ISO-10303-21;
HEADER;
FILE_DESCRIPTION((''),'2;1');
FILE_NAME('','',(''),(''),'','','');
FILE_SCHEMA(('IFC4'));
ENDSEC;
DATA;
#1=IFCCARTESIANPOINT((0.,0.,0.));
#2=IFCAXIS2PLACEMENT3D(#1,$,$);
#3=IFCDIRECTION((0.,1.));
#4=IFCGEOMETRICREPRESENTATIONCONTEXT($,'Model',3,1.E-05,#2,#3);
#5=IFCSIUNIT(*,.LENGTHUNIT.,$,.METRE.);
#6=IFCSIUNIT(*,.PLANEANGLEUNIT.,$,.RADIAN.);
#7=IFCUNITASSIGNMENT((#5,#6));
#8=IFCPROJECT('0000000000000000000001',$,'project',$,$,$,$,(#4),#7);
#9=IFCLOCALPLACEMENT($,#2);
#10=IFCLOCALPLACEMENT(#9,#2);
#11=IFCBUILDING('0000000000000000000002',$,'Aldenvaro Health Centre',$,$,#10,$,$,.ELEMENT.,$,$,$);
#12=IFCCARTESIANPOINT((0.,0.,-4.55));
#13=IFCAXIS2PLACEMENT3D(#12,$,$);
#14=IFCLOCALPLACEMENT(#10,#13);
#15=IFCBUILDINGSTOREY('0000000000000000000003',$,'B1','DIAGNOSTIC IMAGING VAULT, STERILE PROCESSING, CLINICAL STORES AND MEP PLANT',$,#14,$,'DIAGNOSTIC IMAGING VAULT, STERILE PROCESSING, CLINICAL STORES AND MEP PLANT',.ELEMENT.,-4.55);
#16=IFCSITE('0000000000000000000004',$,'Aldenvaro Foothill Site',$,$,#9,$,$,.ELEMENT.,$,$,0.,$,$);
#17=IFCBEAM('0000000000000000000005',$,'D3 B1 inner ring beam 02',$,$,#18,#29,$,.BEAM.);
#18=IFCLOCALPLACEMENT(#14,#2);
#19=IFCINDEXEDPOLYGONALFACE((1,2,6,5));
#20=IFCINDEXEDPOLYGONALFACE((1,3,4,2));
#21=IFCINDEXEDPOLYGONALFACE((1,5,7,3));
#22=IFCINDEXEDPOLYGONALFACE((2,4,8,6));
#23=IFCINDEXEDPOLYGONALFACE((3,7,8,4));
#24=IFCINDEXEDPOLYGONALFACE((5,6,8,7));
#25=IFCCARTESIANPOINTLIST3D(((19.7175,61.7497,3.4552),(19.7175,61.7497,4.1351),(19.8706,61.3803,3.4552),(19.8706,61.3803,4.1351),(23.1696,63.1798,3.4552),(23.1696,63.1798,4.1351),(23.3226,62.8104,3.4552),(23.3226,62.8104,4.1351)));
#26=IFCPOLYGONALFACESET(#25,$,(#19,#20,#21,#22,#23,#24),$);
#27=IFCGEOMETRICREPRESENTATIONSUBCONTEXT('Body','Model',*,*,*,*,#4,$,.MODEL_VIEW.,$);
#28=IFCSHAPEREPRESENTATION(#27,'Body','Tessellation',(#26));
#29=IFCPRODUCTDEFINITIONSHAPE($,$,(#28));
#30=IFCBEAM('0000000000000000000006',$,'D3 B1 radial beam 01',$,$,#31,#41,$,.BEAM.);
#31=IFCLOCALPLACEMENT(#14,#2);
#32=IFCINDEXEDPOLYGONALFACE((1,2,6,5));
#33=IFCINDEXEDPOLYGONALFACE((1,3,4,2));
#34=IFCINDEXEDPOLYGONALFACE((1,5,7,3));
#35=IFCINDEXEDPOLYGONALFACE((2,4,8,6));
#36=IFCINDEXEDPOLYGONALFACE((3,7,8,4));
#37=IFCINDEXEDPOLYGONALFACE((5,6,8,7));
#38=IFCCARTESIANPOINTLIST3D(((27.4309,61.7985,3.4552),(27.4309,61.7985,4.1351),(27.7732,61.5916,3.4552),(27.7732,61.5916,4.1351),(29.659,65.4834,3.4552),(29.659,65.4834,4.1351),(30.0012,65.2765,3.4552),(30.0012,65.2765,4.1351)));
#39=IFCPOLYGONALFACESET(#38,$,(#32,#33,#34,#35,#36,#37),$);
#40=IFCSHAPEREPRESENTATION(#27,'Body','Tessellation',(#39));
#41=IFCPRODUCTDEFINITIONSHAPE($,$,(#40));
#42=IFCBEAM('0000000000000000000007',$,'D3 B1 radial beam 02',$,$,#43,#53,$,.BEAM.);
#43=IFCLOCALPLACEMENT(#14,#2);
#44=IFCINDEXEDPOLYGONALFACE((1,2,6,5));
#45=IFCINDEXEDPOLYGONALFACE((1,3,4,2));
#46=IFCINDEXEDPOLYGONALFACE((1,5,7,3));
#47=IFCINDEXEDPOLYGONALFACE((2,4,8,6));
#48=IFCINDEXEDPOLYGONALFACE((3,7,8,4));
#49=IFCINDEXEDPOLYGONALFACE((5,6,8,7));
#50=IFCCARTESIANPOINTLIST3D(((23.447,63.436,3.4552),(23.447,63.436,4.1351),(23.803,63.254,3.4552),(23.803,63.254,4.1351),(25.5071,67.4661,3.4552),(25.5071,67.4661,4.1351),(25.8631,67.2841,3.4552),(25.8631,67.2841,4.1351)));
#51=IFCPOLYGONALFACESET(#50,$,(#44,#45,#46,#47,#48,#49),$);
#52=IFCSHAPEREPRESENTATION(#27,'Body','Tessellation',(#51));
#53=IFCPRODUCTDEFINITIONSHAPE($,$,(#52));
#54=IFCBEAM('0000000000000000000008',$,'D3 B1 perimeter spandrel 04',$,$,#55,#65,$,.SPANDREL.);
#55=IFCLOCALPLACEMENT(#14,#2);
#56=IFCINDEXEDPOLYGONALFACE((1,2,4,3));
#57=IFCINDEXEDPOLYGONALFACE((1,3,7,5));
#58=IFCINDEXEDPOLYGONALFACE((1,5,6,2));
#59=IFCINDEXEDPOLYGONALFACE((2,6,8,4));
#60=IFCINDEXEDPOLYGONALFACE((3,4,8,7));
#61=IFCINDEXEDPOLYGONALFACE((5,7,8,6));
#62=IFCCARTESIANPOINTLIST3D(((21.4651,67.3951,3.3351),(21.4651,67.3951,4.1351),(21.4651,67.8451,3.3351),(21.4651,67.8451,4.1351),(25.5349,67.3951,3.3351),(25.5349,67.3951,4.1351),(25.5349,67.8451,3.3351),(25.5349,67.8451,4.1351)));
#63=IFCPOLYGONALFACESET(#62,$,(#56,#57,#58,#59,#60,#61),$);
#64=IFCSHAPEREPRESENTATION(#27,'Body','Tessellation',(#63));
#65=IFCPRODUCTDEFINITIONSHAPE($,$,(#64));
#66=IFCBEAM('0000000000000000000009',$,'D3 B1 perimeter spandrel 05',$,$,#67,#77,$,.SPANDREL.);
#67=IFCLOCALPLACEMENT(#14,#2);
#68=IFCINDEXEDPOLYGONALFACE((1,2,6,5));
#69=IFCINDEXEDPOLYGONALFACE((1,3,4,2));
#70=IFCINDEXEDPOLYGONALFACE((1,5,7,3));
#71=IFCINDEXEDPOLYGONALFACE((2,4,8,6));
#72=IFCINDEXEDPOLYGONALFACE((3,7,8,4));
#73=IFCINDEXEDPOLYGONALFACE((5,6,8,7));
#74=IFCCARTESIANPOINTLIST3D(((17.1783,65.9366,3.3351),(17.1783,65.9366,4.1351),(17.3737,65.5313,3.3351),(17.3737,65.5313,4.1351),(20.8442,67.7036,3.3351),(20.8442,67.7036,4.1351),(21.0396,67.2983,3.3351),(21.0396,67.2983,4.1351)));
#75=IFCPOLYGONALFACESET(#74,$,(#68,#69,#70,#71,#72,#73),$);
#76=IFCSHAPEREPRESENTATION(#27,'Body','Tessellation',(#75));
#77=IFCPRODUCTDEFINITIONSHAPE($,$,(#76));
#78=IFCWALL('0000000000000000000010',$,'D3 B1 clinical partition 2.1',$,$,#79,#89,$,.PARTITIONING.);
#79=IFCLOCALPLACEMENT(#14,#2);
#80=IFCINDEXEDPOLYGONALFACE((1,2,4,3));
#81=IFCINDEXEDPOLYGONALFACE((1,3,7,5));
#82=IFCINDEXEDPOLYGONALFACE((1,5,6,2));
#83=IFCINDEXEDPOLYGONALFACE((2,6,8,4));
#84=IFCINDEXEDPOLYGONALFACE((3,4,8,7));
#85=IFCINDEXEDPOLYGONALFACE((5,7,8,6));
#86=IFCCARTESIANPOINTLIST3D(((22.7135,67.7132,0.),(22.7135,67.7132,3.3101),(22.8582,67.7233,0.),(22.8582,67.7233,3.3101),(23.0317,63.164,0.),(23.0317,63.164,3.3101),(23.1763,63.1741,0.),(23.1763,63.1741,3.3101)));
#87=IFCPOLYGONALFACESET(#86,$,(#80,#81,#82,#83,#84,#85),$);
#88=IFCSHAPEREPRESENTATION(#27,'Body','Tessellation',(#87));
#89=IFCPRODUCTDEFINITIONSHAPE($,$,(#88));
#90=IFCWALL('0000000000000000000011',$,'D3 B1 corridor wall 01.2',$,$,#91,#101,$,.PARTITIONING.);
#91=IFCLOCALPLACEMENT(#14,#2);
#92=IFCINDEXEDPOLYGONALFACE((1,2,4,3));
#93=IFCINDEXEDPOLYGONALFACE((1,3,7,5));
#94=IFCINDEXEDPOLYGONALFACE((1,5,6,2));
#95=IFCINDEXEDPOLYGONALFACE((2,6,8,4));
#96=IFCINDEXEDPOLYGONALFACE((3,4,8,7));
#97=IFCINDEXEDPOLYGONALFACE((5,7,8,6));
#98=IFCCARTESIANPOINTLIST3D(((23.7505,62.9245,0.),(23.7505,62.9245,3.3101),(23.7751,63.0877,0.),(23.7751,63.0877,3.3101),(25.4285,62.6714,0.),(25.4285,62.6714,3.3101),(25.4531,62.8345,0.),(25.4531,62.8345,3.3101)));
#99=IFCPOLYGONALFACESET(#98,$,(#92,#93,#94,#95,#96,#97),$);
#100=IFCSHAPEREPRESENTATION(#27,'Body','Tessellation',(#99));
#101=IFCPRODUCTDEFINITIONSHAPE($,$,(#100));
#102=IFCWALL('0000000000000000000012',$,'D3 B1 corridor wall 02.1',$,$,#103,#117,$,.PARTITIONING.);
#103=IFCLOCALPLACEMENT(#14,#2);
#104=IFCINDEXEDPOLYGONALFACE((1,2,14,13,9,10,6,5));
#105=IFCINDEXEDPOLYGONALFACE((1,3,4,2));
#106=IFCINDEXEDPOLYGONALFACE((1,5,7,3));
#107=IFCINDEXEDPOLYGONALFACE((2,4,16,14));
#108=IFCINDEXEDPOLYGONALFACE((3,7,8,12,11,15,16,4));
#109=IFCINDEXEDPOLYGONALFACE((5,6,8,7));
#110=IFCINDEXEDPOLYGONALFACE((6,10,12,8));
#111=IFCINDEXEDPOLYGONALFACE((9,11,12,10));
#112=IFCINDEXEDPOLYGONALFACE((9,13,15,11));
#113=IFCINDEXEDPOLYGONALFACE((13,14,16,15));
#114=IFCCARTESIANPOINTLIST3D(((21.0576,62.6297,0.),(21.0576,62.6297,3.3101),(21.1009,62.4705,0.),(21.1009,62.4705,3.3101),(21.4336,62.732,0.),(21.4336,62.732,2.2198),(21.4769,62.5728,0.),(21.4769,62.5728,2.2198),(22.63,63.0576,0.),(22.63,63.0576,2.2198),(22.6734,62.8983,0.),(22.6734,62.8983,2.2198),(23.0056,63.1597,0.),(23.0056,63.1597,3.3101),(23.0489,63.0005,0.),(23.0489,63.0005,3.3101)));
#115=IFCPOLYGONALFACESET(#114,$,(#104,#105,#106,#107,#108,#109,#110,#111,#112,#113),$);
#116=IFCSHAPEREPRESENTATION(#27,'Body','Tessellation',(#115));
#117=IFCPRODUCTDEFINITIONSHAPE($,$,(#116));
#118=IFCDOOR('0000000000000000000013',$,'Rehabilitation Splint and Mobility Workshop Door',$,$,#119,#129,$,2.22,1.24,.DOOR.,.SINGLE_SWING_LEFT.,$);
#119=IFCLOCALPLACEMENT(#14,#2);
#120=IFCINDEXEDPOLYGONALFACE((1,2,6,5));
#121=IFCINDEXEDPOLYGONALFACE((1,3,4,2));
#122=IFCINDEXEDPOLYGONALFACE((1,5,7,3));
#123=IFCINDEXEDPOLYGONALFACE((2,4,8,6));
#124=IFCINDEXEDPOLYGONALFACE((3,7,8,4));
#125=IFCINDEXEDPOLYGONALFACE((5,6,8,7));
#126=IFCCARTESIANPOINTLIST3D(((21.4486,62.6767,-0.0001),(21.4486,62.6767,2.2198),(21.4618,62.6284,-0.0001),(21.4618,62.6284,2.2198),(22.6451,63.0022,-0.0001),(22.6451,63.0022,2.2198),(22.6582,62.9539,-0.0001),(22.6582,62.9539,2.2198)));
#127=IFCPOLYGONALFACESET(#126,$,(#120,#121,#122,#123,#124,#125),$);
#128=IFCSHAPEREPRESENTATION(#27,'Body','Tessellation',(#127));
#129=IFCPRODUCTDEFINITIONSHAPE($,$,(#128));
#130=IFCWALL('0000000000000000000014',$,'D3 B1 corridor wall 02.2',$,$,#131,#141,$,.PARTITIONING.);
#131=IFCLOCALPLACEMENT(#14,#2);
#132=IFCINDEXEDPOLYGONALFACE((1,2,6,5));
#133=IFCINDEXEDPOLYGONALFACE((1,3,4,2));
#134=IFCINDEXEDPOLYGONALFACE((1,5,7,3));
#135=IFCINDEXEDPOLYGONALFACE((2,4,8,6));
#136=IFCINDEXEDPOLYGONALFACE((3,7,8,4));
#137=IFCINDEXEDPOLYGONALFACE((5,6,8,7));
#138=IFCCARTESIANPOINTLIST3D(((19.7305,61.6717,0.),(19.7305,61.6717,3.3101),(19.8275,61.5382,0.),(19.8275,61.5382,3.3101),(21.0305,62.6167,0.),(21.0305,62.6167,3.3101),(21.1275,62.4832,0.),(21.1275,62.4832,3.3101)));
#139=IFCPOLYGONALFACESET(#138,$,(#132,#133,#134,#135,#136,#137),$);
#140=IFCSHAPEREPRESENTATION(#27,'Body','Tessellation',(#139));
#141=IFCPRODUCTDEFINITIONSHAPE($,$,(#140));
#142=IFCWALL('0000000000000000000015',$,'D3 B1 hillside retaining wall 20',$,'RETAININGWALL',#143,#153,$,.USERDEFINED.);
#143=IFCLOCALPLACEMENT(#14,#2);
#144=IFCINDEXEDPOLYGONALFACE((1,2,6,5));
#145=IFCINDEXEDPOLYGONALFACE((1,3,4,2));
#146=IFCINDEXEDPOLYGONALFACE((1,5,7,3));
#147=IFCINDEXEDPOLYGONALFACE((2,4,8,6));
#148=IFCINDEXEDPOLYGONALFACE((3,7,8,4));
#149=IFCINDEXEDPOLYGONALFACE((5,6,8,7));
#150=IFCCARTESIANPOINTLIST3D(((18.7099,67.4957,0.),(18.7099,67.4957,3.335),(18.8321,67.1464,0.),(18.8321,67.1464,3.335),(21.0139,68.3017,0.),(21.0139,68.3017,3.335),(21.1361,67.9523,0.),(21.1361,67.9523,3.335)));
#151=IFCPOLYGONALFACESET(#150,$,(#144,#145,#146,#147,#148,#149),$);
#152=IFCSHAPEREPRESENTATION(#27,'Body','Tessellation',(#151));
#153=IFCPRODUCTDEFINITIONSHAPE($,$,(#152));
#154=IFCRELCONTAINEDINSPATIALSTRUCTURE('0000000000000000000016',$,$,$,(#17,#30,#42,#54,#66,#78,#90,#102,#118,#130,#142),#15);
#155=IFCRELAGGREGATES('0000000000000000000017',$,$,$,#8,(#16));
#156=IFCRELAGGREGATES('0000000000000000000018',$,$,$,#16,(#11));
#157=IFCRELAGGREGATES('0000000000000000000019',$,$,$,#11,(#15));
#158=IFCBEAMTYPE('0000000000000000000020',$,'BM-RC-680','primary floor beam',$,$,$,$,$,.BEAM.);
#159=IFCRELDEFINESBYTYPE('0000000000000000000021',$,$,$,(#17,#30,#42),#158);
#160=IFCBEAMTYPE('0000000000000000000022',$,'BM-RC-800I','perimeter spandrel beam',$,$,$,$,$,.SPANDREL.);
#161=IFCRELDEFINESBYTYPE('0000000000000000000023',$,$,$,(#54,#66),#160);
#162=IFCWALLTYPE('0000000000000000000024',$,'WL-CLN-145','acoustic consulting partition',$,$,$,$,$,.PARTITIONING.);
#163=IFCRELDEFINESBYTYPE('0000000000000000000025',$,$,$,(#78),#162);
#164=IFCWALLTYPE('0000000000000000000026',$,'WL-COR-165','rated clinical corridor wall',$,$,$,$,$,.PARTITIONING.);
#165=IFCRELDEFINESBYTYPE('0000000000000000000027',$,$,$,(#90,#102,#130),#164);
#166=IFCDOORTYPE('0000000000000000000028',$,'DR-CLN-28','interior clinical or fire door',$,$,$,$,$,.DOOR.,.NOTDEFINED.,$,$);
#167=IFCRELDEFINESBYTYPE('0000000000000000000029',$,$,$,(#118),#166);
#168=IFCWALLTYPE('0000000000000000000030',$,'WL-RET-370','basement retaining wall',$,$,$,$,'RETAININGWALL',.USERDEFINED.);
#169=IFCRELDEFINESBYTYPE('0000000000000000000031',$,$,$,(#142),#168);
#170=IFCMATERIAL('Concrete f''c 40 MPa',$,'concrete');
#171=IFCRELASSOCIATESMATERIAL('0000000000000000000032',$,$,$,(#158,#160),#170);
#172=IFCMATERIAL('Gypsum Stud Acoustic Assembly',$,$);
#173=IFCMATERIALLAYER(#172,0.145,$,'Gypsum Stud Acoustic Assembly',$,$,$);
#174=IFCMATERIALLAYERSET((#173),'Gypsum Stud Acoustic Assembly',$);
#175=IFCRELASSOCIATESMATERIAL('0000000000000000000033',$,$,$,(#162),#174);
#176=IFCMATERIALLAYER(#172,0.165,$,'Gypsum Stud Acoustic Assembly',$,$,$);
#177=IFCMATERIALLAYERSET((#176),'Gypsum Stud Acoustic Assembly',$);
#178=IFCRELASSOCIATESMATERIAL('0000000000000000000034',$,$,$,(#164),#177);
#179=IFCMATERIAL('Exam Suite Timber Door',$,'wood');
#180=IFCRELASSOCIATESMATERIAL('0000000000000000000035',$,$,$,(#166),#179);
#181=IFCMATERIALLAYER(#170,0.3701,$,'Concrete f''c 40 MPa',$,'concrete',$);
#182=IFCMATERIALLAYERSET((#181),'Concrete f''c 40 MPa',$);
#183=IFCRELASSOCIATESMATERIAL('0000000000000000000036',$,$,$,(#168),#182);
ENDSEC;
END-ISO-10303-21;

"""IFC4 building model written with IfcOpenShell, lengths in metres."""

from ifc_helpers import new_model, si_unit, direction, frame, frame_2d, origin, origin_2d, place, context, subcontext, project, spatial, rectangle, extrude, material, layer, layer_set, material_profile, profile_set, type_object, element, fill, save


model = new_model("IFC4")

# Units and contexts
model_context = context("Model", 3, precision=1e-05, world=origin(), true_north=direction((0.0, 1.0)))
body_context = subcontext(model_context, "Body", "Model", "MODEL_VIEW")
ifc_project = project(units=[si_unit("LENGTHUNIT", "METRE"), si_unit("PLANEANGLEUNIT", "RADIAN")], contexts=[model_context])

# Site, building, storey
site_placement = place(None, origin())
site = spatial("IfcSite", under=ifc_project, at=site_placement, Name="Aldenvaro Foothill Site", CompositionType="ELEMENT", RefElevation=0.0)
building_placement = place(site_placement, origin())
building = spatial("IfcBuilding", under=site, at=building_placement, Name="Aldenvaro Health Centre", CompositionType="ELEMENT")
storey_placement = place(building_placement, frame((0.0, 0.0, -4.55)))
storey = spatial("IfcBuildingStorey", under=building, at=storey_placement, Name="B1", Description="DIAGNOSTIC IMAGING VAULT, STERILE PROCESSING, CLINICAL STORES AND MEP PLANT", LongName="DIAGNOSTIC IMAGING VAULT, STERILE PROCESSING, CLINICAL STORES AND MEP PLANT", CompositionType="ELEMENT", Elevation=-4.55)

# Shared definitions
ifc_material_1 = material(Name="Concrete f'c 40 MPa", Category="concrete")

# Beams
ifc_material_profile_1 = material_profile(ifc_material_1, rectangle(XDim=0.3999, YDim=0.6799, at=origin_2d()), Name="RC 400x680", Category="concrete")
ifc_profile_set_1 = profile_set([ifc_material_profile_1], Name="Concrete f'c 40 MPa")
beam_type_1 = type_object("IfcBeamType", Name="BM-RC-680", Description="primary floor beam", PredefinedType="BEAM", material=ifc_profile_set_1)
beam_1_placement = place(storey_placement, frame((23.2461, 62.9951, 3.7952), z_axis=(-0.923856, -0.38274, 0.0), x_axis=(0.38274, -0.923856, 0.0)))
element("IfcBeam", 1, at=beam_1_placement, inside=storey, type_object=beam_type_1, Name="D3 B1 inner ring beam 02", PredefinedType="BEAM", context=body_context, shape_type="SweptSolid", body=[
    extrude(rectangle(XDim=0.3999, YDim=0.6799, at=origin_2d()), origin(), (0.0, 0.0, 1.0), 3.7366),
])
beam_2_placement = place(storey_placement, frame((27.6021, 61.6951, 3.7952), z_axis=(0.517419, 0.855732, 0.0), x_axis=(-0.855732, 0.517419, 0.0)))
element("IfcBeam", 2, at=beam_2_placement, inside=storey, type_object=beam_type_1, Name="D3 B1 radial beam 01", PredefinedType="BEAM", context=body_context, shape_type="SweptSolid", body=[
    extrude(rectangle(XDim=0.3999, YDim=0.6799, at=origin_2d()), origin(), (0.0, 0.0, 1.0), 4.3062),
])
beam_3_placement = place(storey_placement, frame((23.625, 63.345, 3.7952), z_axis=(0.455158, 0.890411, 0.0), x_axis=(-0.890411, 0.455158, 0.0)))
element("IfcBeam", 3, at=beam_3_placement, inside=storey, type_object=beam_type_1, Name="D3 B1 radial beam 02", PredefinedType="BEAM", context=body_context, shape_type="SweptSolid", body=[
    extrude(rectangle(XDim=0.3999, YDim=0.6799, at=origin_2d()), origin(), (0.0, 0.0, 1.0), 4.5261),
])
ifc_material_profile_2 = material_profile(ifc_material_1, rectangle(XDim=0.45, YDim=0.8, at=origin_2d()), Name="RC 450x800", Category="concrete")
ifc_profile_set_2 = profile_set([ifc_material_profile_2], Name="Concrete f'c 40 MPa")
beam_type_2 = type_object("IfcBeamType", Name="BM-RC-800I", Description="perimeter spandrel beam", PredefinedType="SPANDREL", material=ifc_profile_set_2)
beam_4_placement = place(storey_placement, frame((25.5349, 67.6201, 3.7351), z_axis=(-1.0, 0.0, 0.0), x_axis=(0.0, -1.0, 0.0)))
element("IfcBeam", 4, at=beam_4_placement, inside=storey, type_object=beam_type_2, Name="D3 B1 perimeter spandrel 04", PredefinedType="SPANDREL", context=body_context, shape_type="SweptSolid", body=[
    extrude(rectangle(XDim=0.45, YDim=0.8, at=origin_2d()), origin(), (0.0, 0.0, 1.0), 4.0698),
])
beam_5_placement = place(storey_placement, frame((20.9419, 67.501, 3.7351), z_axis=(-0.900812, -0.434209, 0.0), x_axis=(0.434209, -0.900812, 0.0)))
element("IfcBeam", 5, at=beam_5_placement, inside=storey, type_object=beam_type_2, Name="D3 B1 perimeter spandrel 05", PredefinedType="SPANDREL", context=body_context, shape_type="SweptSolid", body=[
    extrude(rectangle(XDim=0.45, YDim=0.8, at=origin_2d()), origin(), (0.0, 0.0, 1.0), 4.0696),
])

# Walls
ifc_material_2 = material(Name="Gypsum Stud Acoustic Assembly")
ifc_layer_1 = layer(ifc_material_2, 0.145, Name="Gypsum Stud Acoustic Assembly")
ifc_layer_set_1 = layer_set([ifc_layer_1], Name="Gypsum Stud Acoustic Assembly")
wall_type_1 = type_object("IfcWallType", Name="WL-CLN-145", Description="acoustic consulting partition", PredefinedType="PARTITIONING", material=ifc_layer_set_1)
wall_1_placement = place(storey_placement, frame((23.104, 63.1689, 0.0), z_axis=(0.0, 0.0, 1.0), x_axis=(-0.069759, 0.997564, 0.0)))
element("IfcWall", 6, at=wall_1_placement, inside=storey, type_object=wall_type_1, Name="D3 B1 clinical partition 2.1", PredefinedType="PARTITIONING", context=body_context, shape_type="SweptSolid", body=[
    extrude(rectangle(XDim=4.5603, YDim=0.145, at=frame_2d((2.2803, 0.0))), origin(), (0.0, 0.0, 1.0), 3.3101),
])
ifc_layer_2 = layer(ifc_material_2, 0.165, Name="Gypsum Stud Acoustic Assembly")
ifc_layer_set_2 = layer_set([ifc_layer_2], Name="Gypsum Stud Acoustic Assembly")
wall_type_2 = type_object("IfcWallType", Name="WL-COR-165", Description="rated clinical corridor wall", PredefinedType="PARTITIONING", material=ifc_layer_set_2)
wall_2_placement = place(storey_placement, frame((25.4409, 62.7529, 0.0), z_axis=(0.0, 0.0, 1.0), x_axis=(-0.988808, 0.149192, 0.0)))
element("IfcWall", 7, at=wall_2_placement, inside=storey, type_object=wall_type_2, Name="D3 B1 corridor wall 01.2", PredefinedType="PARTITIONING", context=body_context, shape_type="SweptSolid", body=[
    extrude(rectangle(XDim=1.697, YDim=0.165, at=frame_2d((0.8486, 0.0))), origin(), (0.0, 0.0, 1.0), 3.3101),
])

# Wall, opening, door
wall_3_placement = place(storey_placement, frame((23.0271, 63.0801, 0.0), z_axis=(0.0, 0.0, 1.0), x_axis=(-0.96492, -0.262544, 0.0)))
wall_3 = element("IfcWall", 8, at=wall_3_placement, inside=storey, type_object=wall_type_2, Name="D3 B1 corridor wall 02.1", PredefinedType="PARTITIONING", context=body_context, shape_type="SweptSolid", body=[
    extrude(rectangle(XDim=2.0188, YDim=0.165, at=frame_2d((1.0093, 0.0))), origin(), (0.0, 0.0, 1.0), 3.3101),
])
opening_placement = place(wall_3_placement, frame((0.3889, 0.0, 0.0)))
opening = element("IfcOpeningElement", 9, at=opening_placement, cuts=wall_3, PredefinedType="OPENING", context=body_context, shape_type="SweptSolid", body=[
    extrude(rectangle(XDim=1.24, YDim=2.22, at=frame_2d((0.6201, 1.1099))), frame((0.0, 0.0925, 0.0), z_axis=(0.0, -1.0, 0.0), x_axis=(1.0, 0.0, 0.0)), (0.0, 0.0, 1.0), 0.1851),
])
ifc_material_3 = material(Name="Exam Suite Timber Door", Category="wood")
door_type = type_object("IfcDoorType", Name="DR-CLN-28", Description="interior clinical or fire door", OperationType="NOTDEFINED", PredefinedType="DOOR", material=ifc_material_3)
door_placement = place(opening_placement, origin())
door = element("IfcDoor", 10, at=door_placement, inside=storey, type_object=door_type, Name="Rehabilitation Splint and Mobility Workshop Door", OperationType="SINGLE_SWING_LEFT", OverallHeight=2.22, OverallWidth=1.24, PredefinedType="DOOR", context=body_context, shape_type="SweptSolid", body=[
    extrude(rectangle(XDim=1.24, YDim=2.22, at=frame_2d((0.6201, 1.1099))), frame((0.0, 0.0249, 0.0), z_axis=(0.0, -1.0, 0.0), x_axis=(1.0, 0.0, 0.0)), (0.0, 0.0, 1.0), 0.05),
])
fill(opening, door)

# Walls
wall_4_placement = place(storey_placement, frame((21.0791, 62.55, 0.0), z_axis=(0.0, 0.0, 1.0), x_axis=(-0.808861, -0.588, 0.0)))
element("IfcWall", 11, at=wall_4_placement, inside=storey, type_object=wall_type_2, Name="D3 B1 corridor wall 02.2", PredefinedType="PARTITIONING", context=body_context, shape_type="SweptSolid", body=[
    extrude(rectangle(XDim=1.6072, YDim=0.165, at=frame_2d((0.8037, 0.0))), origin(), (0.0, 0.0, 1.0), 3.3101),
])
ifc_layer_3 = layer(ifc_material_1, 0.3701, Name="Concrete f'c 40 MPa", Category="concrete")
ifc_layer_set_3 = layer_set([ifc_layer_3], Name="Concrete f'c 40 MPa")
wall_type_3 = type_object("IfcWallType", Name="WL-RET-370", Description="basement retaining wall", ElementType="RETAININGWALL", PredefinedType="USERDEFINED", material=ifc_layer_set_3)
wall_5_placement = place(storey_placement, frame((18.771, 67.321, 0.0), z_axis=(0.0, 0.0, 1.0), x_axis=(0.943919, 0.330177, 0.0)))
element("IfcWall", 12, at=wall_5_placement, inside=storey, type_object=wall_type_3, Name="D3 B1 hillside retaining wall 20", ObjectType="RETAININGWALL", PredefinedType="USERDEFINED", context=body_context, shape_type="SweptSolid", body=[
    extrude(rectangle(XDim=2.4409, YDim=0.3701, at=frame_2d((1.2205, 0.0))), origin(), (0.0, 0.0, 1.0), 3.335),
])

save(model, "model.ifc")
